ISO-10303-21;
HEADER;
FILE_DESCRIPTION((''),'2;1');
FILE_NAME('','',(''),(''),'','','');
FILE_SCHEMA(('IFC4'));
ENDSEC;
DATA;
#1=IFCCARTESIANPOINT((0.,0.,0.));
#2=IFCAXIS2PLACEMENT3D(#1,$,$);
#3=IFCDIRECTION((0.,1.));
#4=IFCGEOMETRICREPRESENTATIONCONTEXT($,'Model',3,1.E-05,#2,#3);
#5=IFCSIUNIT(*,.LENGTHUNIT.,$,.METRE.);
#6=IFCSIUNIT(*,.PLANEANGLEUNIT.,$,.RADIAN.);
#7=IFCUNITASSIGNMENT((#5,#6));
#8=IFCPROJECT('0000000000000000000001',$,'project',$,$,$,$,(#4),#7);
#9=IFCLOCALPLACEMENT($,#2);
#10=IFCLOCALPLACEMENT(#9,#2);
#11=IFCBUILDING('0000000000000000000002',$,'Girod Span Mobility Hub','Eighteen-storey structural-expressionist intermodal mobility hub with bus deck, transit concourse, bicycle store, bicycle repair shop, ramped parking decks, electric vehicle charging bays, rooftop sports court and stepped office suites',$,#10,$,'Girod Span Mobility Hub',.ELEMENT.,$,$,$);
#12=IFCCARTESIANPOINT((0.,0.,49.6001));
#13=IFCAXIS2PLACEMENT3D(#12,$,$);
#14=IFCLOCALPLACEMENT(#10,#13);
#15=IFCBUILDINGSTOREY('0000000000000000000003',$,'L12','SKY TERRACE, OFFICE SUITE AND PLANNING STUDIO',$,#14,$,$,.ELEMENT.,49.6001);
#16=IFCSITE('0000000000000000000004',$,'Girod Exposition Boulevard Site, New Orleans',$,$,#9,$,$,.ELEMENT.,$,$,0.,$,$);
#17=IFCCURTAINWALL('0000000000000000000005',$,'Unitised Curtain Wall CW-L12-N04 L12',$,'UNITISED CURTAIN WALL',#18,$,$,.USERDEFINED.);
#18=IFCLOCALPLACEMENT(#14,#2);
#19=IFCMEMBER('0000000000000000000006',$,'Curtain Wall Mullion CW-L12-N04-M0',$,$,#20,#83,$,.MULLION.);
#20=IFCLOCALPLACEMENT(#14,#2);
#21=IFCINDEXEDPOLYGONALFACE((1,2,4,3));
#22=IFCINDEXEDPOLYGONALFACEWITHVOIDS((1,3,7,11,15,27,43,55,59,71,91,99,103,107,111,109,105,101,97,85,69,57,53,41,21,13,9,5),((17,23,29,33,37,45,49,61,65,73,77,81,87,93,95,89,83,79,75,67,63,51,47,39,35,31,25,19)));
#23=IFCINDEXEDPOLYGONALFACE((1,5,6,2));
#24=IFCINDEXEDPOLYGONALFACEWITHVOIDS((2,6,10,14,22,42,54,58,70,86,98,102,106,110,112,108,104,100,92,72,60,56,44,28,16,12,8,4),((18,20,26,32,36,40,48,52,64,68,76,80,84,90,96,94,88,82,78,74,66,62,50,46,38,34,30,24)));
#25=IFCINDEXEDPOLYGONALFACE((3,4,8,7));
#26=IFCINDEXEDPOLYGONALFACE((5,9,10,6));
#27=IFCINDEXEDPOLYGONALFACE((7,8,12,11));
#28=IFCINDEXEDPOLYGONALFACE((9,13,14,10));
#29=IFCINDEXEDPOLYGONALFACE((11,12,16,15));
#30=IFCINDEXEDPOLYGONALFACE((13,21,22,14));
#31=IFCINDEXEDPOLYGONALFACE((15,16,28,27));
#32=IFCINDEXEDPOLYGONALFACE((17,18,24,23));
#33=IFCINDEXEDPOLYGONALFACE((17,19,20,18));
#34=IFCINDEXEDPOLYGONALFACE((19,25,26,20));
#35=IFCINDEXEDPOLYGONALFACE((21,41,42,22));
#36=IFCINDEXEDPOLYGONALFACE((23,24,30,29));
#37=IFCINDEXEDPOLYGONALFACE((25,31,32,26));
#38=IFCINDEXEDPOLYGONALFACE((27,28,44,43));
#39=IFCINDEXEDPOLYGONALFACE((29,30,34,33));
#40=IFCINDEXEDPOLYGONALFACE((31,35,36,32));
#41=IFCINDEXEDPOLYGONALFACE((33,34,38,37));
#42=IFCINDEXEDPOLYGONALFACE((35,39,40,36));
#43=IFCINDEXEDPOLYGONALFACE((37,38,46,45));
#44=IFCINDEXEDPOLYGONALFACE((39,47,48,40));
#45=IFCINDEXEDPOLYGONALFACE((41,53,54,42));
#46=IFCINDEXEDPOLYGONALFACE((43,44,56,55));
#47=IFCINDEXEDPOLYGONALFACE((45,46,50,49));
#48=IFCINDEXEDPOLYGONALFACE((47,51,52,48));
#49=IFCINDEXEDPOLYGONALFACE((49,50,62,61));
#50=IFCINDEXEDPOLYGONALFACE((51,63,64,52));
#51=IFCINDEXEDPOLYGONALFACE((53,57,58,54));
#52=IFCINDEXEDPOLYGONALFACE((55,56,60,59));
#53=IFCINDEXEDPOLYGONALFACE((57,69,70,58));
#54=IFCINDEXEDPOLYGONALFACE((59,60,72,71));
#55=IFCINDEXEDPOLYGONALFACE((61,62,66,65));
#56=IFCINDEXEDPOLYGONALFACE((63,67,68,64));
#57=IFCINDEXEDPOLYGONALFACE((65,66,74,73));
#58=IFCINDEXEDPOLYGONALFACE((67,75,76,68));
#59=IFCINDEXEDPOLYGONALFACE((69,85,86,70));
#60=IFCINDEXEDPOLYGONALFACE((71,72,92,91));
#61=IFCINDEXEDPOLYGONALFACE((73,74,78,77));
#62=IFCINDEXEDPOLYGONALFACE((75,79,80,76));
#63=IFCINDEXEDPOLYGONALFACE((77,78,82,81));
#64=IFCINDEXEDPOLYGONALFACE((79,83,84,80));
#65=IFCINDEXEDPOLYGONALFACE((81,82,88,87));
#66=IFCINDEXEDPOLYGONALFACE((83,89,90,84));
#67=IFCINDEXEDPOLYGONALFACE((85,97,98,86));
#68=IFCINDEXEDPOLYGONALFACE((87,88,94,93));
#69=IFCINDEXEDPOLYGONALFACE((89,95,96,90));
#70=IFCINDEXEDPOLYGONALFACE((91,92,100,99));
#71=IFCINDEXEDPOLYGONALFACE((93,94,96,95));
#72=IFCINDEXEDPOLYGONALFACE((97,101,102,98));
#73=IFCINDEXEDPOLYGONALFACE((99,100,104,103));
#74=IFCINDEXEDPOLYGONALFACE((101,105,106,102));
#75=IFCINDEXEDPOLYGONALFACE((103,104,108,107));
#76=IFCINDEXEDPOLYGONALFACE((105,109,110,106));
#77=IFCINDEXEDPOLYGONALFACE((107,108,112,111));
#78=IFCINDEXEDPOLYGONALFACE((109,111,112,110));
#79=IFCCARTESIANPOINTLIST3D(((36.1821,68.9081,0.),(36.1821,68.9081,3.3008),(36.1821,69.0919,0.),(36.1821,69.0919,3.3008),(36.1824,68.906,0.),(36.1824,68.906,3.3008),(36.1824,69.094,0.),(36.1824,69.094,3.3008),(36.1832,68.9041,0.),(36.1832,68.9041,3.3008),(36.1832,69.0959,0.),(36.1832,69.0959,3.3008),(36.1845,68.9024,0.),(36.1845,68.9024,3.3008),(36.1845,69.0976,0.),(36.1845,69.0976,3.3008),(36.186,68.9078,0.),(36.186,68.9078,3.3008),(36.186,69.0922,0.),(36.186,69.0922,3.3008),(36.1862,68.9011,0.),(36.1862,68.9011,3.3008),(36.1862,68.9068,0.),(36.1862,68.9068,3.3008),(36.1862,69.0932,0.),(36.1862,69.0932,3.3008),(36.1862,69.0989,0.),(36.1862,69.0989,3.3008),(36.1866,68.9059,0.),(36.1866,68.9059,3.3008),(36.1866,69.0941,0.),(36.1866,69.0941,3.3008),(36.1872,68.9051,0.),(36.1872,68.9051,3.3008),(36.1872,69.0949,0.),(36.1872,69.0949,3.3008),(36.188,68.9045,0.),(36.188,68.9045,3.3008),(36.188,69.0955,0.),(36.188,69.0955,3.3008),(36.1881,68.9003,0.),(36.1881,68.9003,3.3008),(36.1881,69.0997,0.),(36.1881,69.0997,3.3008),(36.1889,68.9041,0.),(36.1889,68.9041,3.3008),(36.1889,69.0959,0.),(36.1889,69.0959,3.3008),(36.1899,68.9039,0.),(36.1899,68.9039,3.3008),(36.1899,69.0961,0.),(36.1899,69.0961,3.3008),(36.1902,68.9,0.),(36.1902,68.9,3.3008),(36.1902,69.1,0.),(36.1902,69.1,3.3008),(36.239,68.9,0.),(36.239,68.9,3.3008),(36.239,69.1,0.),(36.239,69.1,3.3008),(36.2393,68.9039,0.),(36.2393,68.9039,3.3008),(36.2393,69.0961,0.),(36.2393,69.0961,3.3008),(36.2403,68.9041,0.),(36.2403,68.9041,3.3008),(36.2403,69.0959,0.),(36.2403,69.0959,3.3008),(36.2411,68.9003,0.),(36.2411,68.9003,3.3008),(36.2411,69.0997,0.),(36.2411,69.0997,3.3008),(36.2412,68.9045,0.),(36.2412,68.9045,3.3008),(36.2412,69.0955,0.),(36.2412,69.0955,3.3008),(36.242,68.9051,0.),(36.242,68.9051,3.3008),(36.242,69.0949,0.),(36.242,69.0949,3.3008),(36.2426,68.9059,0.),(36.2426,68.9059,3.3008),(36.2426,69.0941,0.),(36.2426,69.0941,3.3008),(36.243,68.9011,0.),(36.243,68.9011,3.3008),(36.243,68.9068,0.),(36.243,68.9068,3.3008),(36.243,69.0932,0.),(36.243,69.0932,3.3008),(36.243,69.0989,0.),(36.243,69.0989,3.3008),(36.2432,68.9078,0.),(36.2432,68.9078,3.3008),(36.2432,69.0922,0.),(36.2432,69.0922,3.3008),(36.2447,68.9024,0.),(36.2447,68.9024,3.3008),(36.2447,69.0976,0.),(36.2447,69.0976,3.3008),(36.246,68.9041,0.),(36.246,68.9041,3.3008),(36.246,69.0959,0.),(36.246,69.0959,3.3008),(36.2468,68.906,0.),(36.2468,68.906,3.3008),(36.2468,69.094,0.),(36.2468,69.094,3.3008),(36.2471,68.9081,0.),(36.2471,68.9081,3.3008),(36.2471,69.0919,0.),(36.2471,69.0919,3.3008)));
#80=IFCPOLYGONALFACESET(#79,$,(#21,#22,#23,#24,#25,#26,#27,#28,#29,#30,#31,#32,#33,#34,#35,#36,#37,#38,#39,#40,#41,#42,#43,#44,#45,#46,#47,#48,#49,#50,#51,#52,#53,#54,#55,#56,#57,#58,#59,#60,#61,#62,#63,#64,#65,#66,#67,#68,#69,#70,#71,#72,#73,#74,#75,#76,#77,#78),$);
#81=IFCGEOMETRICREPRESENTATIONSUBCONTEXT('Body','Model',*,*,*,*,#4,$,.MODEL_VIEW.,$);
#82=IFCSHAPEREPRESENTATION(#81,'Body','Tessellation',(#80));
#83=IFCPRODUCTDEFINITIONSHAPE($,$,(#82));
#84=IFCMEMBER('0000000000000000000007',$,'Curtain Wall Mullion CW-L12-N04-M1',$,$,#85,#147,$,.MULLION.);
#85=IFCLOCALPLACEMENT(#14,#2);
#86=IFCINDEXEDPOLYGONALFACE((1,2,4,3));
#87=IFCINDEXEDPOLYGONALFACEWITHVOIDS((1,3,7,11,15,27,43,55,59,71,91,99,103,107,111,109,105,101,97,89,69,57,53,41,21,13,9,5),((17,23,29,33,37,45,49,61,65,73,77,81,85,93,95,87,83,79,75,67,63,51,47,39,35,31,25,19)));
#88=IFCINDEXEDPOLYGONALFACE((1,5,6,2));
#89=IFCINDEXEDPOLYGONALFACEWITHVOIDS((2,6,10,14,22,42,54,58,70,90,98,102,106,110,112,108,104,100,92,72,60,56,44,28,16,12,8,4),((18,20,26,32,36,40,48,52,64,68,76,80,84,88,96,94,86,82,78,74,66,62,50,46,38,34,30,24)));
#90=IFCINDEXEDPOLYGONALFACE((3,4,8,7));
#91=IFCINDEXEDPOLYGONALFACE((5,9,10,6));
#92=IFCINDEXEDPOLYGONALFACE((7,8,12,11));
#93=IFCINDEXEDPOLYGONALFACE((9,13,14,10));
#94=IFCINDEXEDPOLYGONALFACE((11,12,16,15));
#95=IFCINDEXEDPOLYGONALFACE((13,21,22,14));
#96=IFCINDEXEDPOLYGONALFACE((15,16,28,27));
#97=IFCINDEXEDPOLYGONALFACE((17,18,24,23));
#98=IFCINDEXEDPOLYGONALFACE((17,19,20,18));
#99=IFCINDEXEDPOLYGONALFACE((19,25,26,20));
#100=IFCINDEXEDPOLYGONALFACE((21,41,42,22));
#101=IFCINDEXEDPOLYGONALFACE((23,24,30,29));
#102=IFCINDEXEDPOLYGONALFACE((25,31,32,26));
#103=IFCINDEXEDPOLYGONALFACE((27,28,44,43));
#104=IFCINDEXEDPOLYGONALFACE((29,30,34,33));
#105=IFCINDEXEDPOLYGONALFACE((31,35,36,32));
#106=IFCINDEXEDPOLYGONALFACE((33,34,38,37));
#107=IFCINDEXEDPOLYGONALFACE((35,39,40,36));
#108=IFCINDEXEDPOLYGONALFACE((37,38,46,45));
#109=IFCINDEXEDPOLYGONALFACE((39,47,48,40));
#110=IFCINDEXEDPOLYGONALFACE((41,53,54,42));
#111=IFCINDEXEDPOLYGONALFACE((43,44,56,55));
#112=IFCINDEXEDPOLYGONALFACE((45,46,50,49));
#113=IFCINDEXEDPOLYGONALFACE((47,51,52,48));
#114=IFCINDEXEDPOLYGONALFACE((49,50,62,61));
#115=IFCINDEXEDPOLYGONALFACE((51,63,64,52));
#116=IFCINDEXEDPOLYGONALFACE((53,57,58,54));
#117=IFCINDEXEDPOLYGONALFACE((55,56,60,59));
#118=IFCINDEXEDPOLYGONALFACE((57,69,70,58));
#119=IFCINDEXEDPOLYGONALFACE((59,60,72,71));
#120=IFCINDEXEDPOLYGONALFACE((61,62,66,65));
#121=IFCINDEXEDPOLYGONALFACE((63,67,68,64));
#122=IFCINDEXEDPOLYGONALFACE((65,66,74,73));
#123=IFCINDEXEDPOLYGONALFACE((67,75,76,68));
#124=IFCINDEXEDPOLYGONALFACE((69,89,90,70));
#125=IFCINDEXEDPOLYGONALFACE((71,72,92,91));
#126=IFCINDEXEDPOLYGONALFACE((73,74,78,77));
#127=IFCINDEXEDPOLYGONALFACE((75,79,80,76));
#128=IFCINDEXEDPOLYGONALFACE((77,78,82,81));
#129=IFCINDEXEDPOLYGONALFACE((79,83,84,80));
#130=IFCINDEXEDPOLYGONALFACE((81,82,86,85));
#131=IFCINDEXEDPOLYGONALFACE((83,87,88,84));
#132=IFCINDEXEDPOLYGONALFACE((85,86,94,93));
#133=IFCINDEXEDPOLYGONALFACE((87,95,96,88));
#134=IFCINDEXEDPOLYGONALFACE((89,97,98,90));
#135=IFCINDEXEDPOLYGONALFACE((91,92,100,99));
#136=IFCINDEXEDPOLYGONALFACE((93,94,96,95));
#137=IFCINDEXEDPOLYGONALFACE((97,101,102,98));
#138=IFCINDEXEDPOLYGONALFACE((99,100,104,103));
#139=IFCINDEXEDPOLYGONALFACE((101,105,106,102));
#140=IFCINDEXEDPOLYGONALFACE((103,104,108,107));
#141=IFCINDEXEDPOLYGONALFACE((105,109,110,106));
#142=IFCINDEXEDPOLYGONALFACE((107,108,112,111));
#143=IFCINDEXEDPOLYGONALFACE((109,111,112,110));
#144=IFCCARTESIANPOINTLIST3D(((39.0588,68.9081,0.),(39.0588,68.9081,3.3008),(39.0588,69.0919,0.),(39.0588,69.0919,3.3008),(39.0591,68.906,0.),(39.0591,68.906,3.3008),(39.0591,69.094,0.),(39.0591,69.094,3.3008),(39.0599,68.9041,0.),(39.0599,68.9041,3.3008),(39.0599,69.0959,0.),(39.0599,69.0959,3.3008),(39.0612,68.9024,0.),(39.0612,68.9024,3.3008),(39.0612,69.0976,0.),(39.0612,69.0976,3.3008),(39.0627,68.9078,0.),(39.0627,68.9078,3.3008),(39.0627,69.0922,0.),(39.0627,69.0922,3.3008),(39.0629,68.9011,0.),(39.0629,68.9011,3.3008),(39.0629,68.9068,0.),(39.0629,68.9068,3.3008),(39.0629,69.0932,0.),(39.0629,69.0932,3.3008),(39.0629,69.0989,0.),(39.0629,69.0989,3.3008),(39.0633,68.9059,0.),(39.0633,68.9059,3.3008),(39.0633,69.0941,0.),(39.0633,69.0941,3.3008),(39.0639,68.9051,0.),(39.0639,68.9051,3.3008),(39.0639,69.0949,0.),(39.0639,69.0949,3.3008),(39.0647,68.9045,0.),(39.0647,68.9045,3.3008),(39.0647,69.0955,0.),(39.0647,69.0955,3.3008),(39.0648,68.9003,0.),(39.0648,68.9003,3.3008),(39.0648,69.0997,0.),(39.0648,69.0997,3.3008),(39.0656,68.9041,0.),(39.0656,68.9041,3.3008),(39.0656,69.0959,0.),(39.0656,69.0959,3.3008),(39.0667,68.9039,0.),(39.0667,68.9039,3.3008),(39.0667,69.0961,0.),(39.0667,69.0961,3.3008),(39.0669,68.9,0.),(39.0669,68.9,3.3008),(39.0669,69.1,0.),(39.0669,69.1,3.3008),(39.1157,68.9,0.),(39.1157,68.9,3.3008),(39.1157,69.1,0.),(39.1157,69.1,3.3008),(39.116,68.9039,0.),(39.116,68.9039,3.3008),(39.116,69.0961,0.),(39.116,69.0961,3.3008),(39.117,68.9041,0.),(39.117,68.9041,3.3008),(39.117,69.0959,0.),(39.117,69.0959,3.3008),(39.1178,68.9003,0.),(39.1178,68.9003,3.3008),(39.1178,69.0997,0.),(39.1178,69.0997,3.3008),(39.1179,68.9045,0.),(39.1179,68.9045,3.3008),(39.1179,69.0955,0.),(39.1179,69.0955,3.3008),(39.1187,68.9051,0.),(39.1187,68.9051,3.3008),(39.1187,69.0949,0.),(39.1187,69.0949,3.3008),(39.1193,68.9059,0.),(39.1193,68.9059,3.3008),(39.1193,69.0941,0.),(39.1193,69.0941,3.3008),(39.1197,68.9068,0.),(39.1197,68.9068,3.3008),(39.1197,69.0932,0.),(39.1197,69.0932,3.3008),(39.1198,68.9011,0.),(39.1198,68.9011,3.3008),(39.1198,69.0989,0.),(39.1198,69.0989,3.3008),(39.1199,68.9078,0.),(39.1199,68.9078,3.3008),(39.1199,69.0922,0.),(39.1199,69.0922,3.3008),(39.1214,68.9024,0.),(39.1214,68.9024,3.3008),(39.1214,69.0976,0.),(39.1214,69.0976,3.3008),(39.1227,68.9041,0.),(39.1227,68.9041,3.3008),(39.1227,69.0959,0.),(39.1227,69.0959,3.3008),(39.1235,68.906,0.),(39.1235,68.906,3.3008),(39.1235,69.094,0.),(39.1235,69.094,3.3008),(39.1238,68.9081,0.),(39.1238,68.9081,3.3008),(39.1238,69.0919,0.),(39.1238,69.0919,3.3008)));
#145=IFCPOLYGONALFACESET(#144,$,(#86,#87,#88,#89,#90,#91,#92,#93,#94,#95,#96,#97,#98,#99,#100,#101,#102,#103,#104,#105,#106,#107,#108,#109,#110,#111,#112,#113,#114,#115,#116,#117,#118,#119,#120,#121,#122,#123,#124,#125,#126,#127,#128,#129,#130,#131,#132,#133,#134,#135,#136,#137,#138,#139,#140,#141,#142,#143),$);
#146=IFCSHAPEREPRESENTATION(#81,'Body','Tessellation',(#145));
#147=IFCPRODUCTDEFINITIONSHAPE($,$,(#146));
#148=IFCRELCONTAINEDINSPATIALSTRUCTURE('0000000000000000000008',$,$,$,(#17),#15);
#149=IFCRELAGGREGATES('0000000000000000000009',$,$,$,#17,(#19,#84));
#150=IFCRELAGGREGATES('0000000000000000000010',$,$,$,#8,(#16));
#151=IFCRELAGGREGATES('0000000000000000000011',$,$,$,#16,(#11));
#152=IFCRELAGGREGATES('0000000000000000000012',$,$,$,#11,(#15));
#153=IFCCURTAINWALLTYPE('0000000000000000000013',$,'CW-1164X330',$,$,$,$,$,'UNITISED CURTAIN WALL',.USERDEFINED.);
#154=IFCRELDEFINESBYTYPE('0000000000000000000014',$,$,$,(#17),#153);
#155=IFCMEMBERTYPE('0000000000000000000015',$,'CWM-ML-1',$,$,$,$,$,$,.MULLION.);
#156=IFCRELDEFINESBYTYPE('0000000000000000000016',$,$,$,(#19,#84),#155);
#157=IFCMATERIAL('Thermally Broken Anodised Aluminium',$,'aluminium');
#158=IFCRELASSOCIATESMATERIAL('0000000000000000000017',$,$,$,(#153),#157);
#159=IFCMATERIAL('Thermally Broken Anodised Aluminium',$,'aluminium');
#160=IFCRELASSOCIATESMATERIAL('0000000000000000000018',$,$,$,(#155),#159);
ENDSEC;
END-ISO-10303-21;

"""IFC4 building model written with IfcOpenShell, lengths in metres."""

from ifc_helpers import new_model, si_unit, direction, frame, origin, origin_2d, place, context, subcontext, project, spatial, hollow_rectangle, extrude, material, material_profile, profile_set, type_object, element, aggregate, save


model = new_model("IFC4")

# Units and contexts
model_context = context("Model", 3, precision=1e-05, world=origin(), true_north=direction((0.0, 1.0)))
body_context = subcontext(model_context, "Body", "Model", "MODEL_VIEW")
ifc_project = project(units=[si_unit("LENGTHUNIT", "METRE"), si_unit("PLANEANGLEUNIT", "RADIAN")], contexts=[model_context])

# Site, building, storey
site_placement = place(None, origin())
site = spatial("IfcSite", under=ifc_project, at=site_placement, Name="Girod Exposition Boulevard Site, New Orleans", CompositionType="ELEMENT", RefElevation=0.0)
building_placement = place(site_placement, origin())
building = spatial("IfcBuilding", under=site, at=building_placement, Name="Girod Span Mobility Hub", Description="Eighteen-storey structural-expressionist intermodal mobility hub with bus deck, transit concourse, bicycle store, bicycle repair shop, ramped parking decks, electric vehicle charging bays, rooftop sports court and stepped office suites", LongName="Girod Span Mobility Hub", CompositionType="ELEMENT")
storey_placement = place(building_placement, frame((0.0, 0.0, 49.6001)))
storey = spatial("IfcBuildingStorey", under=building, at=storey_placement, Name="L12", Description="SKY TERRACE, OFFICE SUITE AND PLANNING STUDIO", CompositionType="ELEMENT", Elevation=49.6001)

# Curtain wall, members
ifc_material_1 = material(Name="Thermally Broken Anodised Aluminium", Category="aluminium")
curtain_wall_type = type_object("IfcCurtainWallType", Name="CW-1164X330", ElementType="UNITISED CURTAIN WALL", PredefinedType="USERDEFINED", material=ifc_material_1)
curtain_wall_placement = place(storey_placement, origin())
curtain_wall = element("IfcCurtainWall", 1, at=curtain_wall_placement, inside=storey, type_object=curtain_wall_type, Name="Unitised Curtain Wall CW-L12-N04 L12", ObjectType="UNITISED CURTAIN WALL", PredefinedType="USERDEFINED")
ifc_material_2 = material(Name="Thermally Broken Anodised Aluminium", Category="aluminium")
ifc_material_profile_1 = material_profile(ifc_material_2, hollow_rectangle(XDim=0.2, YDim=0.0649, WallThickness=0.0039, InnerFilletRadius=0.0039, OuterFilletRadius=0.0081, at=origin_2d()), Name="CW-ML-65X200")
ifc_profile_set_1 = profile_set([ifc_material_profile_1], Name="Thermally Broken Anodised Aluminium")
member_type_1 = type_object("IfcMemberType", Name="CWM-ML-1", PredefinedType="MULLION", material=ifc_profile_set_1)
member_1_placement = place(storey_placement, frame((36.2146, 69.0, 0.0), z_axis=(0.0, 0.0, 1.0), x_axis=(0.0, 1.0, 0.0)))
member_1 = element("IfcMember", 2, at=member_1_placement, type_object=member_type_1, Name="Curtain Wall Mullion CW-L12-N04-M0", PredefinedType="MULLION", context=body_context, shape_type="SweptSolid", body=[
    extrude(hollow_rectangle(XDim=0.2, YDim=0.0649, WallThickness=0.0039, InnerFilletRadius=0.0039, OuterFilletRadius=0.0081, at=origin_2d()), origin(), (0.0, 0.0, 1.0), 3.3008),
])
member_2_placement = place(storey_placement, frame((39.0913, 69.0, 0.0), z_axis=(0.0, 0.0, 1.0), x_axis=(0.0, 1.0, 0.0)))
member_2 = element("IfcMember", 3, at=member_2_placement, type_object=member_type_1, Name="Curtain Wall Mullion CW-L12-N04-M1", PredefinedType="MULLION", context=body_context, shape_type="SweptSolid", body=[
    extrude(hollow_rectangle(XDim=0.2, YDim=0.0649, WallThickness=0.0039, InnerFilletRadius=0.0039, OuterFilletRadius=0.0081, at=origin_2d()), origin(), (0.0, 0.0, 1.0), 3.3008),
])
aggregate(curtain_wall, [member_1, member_2])

save(model, "model.ifc")
